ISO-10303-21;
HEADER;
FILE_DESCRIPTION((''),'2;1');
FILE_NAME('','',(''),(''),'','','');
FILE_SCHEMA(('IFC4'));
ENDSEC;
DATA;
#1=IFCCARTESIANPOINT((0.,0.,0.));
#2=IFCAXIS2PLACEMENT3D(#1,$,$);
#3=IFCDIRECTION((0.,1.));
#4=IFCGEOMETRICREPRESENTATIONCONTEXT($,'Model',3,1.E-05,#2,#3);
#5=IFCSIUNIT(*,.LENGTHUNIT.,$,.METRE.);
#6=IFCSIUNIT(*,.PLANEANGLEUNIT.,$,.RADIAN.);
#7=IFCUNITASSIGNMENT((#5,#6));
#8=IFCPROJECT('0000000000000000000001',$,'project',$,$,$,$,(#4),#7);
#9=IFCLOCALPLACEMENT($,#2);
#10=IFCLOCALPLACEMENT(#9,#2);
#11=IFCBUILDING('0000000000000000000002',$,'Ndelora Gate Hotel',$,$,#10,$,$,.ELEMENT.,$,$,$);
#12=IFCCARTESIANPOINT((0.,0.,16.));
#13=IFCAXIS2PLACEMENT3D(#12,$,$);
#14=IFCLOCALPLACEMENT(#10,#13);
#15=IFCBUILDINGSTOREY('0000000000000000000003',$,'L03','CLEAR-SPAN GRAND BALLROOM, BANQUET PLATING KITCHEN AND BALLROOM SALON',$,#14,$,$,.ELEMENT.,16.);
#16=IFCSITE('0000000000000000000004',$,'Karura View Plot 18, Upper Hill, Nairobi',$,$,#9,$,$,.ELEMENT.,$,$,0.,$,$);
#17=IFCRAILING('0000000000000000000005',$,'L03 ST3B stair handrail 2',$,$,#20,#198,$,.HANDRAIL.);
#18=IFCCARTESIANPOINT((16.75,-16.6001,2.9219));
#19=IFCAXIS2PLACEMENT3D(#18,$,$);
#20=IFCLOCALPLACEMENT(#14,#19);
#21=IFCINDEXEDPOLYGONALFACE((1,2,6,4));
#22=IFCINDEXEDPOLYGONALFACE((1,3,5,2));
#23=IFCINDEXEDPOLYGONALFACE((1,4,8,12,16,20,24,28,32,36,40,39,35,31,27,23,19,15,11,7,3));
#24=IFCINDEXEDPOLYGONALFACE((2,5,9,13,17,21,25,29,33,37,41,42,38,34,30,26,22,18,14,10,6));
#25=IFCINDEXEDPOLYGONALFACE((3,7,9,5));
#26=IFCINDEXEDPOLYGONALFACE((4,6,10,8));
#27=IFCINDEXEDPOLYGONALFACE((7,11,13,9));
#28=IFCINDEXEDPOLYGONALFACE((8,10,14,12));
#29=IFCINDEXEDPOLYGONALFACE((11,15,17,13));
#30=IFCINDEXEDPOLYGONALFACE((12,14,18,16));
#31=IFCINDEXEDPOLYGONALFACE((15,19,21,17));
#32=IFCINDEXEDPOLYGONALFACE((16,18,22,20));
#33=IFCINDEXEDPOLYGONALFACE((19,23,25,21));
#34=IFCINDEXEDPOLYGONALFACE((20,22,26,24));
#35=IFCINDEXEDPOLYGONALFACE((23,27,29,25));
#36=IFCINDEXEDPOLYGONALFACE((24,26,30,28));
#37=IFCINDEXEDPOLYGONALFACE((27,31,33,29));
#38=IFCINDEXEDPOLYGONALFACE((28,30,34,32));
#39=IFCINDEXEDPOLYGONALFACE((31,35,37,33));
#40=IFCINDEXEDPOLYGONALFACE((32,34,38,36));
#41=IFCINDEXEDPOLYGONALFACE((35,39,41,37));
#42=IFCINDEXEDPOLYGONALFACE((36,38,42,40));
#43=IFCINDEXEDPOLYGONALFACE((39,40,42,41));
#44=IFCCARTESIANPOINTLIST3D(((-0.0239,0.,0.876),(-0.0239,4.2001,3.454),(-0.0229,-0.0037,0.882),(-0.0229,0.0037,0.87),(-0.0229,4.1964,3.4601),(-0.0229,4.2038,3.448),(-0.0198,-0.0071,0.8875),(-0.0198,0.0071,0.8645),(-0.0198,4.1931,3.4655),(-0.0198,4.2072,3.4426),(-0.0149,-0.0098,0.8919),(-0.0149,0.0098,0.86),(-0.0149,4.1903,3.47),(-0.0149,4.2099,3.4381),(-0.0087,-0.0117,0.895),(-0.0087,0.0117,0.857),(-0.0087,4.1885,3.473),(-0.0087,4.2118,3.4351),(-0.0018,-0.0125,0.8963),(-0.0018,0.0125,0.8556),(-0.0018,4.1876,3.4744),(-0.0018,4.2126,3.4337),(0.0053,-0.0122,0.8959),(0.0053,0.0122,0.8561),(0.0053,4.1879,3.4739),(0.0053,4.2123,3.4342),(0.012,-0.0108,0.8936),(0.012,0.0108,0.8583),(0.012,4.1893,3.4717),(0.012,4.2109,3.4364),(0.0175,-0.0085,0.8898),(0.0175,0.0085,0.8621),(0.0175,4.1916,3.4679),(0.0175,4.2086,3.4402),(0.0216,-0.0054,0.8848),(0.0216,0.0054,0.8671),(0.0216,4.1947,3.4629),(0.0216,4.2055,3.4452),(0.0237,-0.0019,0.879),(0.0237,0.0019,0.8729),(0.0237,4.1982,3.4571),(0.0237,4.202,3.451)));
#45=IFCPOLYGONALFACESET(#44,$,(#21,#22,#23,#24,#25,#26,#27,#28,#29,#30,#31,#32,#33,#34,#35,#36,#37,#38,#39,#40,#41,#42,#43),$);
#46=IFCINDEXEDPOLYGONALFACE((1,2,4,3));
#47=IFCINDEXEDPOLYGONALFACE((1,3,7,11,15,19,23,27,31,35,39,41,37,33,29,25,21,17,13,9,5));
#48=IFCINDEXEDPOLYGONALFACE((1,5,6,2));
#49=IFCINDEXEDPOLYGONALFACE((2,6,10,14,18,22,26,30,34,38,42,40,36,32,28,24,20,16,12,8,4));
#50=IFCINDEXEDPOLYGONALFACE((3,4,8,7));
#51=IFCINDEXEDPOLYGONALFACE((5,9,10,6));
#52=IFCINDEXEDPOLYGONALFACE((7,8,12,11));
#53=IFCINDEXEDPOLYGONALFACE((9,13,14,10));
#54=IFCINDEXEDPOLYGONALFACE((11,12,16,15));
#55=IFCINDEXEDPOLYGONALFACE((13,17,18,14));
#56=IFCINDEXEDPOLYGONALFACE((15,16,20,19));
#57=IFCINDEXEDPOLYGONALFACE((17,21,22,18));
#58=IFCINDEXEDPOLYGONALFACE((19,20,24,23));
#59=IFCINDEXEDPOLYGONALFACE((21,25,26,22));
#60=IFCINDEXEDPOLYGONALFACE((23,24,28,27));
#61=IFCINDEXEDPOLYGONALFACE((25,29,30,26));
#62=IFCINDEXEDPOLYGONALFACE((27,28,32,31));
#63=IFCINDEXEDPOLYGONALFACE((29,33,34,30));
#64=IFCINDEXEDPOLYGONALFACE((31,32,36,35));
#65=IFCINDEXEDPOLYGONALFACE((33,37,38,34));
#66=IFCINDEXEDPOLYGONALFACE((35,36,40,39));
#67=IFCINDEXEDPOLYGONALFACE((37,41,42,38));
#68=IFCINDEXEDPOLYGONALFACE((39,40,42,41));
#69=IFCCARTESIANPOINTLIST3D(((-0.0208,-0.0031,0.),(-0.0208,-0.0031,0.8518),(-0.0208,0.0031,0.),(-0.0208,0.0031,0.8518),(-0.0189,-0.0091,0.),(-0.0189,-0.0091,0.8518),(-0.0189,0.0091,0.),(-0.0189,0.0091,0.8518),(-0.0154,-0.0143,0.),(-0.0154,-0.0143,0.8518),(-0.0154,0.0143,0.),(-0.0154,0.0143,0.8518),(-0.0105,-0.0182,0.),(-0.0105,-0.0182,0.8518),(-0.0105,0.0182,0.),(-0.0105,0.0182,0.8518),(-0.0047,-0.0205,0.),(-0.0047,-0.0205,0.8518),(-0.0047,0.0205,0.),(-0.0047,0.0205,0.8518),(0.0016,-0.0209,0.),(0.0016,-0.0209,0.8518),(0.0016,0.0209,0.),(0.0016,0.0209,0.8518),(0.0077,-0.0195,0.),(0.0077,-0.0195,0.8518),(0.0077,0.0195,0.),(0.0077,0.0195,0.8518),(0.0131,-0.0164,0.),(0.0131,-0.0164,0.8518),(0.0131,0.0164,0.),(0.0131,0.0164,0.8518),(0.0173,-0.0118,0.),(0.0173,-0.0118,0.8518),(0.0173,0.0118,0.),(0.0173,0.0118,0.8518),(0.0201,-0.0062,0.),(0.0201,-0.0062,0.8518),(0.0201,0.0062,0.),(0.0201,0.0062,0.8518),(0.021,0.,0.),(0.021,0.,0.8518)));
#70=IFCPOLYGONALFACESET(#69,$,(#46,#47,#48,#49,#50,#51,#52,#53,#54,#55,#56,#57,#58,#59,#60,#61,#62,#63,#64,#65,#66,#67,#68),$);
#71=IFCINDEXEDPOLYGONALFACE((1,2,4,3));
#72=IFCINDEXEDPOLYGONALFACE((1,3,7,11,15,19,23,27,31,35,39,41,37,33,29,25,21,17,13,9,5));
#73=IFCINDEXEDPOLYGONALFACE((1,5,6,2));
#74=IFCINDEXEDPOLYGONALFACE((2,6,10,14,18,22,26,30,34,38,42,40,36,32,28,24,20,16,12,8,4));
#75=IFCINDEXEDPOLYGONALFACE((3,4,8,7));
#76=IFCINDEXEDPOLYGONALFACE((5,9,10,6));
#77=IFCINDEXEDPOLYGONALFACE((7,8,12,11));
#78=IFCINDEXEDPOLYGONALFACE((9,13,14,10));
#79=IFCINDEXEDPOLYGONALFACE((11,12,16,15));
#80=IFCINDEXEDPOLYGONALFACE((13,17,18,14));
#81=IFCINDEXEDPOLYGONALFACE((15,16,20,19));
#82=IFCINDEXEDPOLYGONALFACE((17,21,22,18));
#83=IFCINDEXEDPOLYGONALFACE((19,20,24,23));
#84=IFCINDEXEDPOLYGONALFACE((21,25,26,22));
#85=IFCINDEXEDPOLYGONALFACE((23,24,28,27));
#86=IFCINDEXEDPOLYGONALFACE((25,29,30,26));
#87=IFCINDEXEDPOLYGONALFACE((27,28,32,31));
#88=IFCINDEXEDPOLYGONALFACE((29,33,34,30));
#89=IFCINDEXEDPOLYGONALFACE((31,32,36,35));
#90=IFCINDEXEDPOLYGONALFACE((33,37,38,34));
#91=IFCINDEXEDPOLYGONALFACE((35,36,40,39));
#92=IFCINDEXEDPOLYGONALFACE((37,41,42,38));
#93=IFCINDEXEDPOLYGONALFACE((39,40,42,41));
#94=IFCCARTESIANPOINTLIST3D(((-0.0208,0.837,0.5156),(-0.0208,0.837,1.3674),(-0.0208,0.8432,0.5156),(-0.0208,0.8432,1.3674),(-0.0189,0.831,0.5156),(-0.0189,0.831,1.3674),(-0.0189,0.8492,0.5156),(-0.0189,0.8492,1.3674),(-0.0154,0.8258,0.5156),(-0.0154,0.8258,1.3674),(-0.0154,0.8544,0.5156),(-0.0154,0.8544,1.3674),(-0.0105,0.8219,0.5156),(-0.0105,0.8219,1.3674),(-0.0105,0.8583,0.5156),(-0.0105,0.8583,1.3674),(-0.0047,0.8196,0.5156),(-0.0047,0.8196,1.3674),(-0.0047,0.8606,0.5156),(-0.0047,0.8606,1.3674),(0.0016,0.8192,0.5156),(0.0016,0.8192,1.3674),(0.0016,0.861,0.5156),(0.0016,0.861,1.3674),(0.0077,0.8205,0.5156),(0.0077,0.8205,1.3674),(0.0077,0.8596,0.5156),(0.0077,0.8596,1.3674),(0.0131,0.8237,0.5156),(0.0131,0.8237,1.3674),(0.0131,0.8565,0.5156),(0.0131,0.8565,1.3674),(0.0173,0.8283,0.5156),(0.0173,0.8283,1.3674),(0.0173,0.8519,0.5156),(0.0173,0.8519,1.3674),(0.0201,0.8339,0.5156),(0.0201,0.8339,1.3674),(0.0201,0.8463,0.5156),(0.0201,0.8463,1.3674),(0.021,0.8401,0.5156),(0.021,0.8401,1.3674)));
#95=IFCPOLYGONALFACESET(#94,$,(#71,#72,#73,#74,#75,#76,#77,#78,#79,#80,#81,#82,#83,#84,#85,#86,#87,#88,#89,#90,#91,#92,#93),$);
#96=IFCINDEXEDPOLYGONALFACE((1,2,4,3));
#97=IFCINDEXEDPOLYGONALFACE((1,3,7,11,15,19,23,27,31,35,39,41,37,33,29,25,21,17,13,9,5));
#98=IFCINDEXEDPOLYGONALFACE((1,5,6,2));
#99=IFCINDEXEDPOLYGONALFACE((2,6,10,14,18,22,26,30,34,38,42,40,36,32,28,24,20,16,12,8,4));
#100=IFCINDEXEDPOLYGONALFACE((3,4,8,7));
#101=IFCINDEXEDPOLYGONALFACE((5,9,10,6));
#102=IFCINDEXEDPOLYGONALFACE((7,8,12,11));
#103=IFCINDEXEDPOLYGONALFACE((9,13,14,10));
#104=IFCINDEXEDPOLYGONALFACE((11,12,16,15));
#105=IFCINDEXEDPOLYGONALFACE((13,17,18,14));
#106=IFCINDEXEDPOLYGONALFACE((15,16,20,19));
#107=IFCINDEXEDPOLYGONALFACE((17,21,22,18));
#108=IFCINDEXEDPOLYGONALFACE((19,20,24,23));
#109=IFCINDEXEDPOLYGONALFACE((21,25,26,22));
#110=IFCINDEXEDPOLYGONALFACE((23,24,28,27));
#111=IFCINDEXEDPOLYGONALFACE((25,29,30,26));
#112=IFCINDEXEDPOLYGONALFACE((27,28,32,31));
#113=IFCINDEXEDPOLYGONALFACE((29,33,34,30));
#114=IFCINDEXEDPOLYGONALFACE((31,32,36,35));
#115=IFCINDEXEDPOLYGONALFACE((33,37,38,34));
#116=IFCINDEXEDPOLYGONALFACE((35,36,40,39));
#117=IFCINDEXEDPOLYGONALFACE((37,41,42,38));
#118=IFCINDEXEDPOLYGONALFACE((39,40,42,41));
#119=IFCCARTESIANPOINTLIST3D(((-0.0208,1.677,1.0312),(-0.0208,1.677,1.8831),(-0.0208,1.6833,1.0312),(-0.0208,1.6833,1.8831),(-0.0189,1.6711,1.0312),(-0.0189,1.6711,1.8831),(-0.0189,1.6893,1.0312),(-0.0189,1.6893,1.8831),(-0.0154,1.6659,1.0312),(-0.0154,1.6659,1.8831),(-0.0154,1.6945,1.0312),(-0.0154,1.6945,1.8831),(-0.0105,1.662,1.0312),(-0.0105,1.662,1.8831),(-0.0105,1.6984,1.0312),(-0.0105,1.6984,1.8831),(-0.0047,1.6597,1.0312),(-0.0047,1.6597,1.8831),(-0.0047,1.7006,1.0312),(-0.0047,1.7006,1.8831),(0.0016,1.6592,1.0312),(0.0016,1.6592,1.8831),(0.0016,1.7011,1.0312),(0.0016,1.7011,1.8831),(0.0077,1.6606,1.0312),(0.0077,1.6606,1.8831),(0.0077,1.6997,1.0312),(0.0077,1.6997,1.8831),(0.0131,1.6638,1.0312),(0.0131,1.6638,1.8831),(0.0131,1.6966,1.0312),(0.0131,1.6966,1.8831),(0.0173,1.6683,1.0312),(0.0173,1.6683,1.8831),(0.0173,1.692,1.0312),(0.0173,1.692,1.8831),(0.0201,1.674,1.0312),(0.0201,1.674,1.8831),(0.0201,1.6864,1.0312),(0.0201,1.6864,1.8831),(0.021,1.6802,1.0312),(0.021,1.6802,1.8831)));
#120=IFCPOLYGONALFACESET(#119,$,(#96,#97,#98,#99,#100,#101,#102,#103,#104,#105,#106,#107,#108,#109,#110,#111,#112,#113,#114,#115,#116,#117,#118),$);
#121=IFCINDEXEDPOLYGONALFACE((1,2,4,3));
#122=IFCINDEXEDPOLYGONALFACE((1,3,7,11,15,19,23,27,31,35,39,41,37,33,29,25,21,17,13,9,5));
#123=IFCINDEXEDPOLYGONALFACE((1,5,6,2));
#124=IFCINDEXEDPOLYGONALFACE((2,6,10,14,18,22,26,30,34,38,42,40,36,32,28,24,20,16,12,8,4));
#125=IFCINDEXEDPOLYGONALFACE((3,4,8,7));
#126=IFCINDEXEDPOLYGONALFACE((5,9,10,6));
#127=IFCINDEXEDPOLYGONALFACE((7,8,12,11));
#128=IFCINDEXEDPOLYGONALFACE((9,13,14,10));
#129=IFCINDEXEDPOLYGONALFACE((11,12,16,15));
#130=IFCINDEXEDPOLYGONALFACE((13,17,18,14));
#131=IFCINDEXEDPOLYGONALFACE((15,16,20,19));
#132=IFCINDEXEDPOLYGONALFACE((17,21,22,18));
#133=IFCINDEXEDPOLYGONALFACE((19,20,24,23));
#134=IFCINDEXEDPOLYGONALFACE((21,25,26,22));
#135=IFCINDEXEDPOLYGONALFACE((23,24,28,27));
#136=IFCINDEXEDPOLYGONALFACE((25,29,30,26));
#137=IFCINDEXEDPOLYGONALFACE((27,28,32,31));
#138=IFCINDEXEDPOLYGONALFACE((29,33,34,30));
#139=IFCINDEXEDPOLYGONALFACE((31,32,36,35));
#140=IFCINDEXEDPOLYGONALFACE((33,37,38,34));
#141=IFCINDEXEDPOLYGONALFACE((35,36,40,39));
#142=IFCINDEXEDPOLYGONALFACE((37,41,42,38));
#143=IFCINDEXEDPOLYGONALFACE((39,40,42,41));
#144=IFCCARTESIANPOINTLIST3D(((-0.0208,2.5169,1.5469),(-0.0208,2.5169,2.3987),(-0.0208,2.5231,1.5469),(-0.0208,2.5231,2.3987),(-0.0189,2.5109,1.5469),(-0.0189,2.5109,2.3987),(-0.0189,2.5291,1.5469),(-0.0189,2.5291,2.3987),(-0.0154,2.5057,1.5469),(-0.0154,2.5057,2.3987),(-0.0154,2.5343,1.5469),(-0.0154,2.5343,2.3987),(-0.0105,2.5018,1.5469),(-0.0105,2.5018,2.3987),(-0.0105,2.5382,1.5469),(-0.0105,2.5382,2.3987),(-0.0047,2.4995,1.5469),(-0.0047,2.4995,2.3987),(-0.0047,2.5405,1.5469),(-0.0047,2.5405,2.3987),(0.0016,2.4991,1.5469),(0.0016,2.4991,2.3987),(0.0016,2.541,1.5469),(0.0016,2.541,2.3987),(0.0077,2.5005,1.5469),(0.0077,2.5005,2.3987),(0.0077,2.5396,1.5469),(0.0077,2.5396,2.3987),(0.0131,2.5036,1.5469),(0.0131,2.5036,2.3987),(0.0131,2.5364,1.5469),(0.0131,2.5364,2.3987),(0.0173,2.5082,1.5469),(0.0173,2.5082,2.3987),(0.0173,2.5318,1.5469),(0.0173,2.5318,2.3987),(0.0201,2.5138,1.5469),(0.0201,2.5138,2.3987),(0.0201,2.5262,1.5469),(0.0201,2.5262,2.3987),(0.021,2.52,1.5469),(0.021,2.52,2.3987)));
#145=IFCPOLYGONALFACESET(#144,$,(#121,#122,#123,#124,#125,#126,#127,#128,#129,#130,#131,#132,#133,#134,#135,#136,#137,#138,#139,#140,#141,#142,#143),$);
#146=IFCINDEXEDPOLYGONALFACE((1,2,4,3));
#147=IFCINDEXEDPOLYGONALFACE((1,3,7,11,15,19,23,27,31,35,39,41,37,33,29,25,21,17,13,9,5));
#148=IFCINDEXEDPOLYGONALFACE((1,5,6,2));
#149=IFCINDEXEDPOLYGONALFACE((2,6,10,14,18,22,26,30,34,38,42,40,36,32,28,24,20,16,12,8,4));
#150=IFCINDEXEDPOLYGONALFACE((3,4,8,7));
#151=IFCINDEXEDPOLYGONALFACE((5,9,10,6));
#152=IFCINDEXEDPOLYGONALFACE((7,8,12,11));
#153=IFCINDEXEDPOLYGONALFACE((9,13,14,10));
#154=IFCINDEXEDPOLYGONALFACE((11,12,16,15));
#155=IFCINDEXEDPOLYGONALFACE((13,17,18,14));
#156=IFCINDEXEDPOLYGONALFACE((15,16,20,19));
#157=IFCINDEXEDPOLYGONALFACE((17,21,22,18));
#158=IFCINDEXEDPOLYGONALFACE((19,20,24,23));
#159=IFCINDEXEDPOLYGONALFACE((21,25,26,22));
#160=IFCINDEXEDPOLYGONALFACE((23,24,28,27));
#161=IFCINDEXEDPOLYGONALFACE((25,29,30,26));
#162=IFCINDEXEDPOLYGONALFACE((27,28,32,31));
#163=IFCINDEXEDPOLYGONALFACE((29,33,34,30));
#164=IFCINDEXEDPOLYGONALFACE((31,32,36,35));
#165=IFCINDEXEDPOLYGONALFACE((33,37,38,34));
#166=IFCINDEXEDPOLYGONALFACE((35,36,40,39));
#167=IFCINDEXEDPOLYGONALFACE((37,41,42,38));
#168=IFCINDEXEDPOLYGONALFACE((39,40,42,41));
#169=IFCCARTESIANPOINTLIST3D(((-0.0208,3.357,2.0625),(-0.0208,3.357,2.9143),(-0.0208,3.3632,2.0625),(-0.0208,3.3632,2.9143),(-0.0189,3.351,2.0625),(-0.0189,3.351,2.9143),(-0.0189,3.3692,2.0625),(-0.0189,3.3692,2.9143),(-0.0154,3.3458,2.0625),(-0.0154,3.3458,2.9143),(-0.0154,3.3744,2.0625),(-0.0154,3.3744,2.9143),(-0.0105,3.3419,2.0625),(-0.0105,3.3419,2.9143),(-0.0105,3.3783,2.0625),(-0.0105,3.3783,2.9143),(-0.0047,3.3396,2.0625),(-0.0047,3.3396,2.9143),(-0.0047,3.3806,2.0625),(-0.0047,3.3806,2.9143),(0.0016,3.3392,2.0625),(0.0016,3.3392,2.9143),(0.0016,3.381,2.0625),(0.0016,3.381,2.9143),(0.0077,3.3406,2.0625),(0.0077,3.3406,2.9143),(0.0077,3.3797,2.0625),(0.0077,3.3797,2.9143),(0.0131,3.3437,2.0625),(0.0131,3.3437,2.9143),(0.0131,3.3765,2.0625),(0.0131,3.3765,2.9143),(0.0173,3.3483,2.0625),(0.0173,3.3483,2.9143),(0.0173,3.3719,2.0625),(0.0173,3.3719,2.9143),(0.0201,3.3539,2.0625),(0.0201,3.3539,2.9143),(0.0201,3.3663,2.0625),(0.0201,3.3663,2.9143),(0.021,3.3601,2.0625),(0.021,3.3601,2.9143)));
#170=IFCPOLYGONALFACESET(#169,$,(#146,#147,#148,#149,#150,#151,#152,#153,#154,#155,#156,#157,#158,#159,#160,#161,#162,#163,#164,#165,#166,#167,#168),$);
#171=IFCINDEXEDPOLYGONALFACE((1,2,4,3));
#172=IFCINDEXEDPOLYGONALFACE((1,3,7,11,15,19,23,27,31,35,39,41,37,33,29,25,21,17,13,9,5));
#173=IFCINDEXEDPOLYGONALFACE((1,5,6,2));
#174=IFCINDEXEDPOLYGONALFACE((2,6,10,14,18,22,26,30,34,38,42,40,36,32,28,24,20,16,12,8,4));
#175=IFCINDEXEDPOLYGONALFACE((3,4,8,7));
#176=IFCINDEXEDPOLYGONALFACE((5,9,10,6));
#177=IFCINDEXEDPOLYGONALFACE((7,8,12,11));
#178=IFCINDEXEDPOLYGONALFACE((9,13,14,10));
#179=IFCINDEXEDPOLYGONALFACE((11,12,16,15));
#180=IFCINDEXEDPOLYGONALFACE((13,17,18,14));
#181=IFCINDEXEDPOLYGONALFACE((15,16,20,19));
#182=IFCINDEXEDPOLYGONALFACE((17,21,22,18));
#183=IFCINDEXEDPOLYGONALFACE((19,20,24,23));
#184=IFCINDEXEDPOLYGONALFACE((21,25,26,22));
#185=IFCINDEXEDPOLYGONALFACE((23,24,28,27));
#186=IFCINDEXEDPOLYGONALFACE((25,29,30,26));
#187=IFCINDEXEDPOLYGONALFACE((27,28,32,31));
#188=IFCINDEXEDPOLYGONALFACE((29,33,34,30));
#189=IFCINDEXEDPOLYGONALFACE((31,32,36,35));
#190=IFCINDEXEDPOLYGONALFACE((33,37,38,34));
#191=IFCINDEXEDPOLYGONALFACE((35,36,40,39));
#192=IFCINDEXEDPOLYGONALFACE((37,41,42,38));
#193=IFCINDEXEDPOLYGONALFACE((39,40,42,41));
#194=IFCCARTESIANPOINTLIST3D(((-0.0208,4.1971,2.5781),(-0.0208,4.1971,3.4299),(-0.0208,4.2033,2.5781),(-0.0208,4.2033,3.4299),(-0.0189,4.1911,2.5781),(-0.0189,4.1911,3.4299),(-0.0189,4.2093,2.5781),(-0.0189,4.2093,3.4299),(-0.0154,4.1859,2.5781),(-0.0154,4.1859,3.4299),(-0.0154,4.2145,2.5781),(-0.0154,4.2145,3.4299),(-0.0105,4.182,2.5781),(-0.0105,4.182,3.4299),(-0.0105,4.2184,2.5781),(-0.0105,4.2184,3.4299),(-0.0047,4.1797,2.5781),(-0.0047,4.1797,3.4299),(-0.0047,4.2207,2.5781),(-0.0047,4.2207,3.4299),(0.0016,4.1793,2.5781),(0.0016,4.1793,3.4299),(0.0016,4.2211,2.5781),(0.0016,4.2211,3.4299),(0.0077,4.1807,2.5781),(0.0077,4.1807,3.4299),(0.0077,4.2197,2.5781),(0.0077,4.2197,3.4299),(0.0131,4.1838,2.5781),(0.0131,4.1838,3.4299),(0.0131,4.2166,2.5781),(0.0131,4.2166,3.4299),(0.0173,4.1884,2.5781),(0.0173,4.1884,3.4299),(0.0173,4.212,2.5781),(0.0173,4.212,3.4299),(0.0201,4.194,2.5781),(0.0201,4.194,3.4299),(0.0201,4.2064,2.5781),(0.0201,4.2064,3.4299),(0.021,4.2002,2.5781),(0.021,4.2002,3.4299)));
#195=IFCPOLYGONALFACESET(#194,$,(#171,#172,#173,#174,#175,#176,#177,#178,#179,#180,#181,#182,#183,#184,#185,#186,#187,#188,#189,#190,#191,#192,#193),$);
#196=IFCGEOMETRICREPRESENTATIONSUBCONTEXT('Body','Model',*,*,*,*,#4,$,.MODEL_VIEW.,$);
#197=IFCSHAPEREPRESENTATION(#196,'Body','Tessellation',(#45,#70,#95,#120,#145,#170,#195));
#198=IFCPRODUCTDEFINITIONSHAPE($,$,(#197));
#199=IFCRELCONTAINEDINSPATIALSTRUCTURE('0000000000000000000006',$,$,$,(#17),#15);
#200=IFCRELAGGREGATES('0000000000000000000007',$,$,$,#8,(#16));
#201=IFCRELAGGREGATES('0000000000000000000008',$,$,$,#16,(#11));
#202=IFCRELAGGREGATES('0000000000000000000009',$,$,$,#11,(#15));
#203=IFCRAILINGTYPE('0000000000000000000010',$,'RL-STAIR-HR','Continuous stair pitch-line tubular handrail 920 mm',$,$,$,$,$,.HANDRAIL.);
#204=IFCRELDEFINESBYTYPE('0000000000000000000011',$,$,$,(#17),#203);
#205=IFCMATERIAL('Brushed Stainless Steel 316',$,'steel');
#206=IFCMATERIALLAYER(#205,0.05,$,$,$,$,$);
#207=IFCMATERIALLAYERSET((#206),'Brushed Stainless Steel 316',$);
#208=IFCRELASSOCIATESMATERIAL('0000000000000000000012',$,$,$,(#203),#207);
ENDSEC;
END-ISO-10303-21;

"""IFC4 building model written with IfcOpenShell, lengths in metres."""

from ifc_helpers import new_model, si_unit, direction, frame, origin, origin_2d, place, context, subcontext, project, spatial, circle, extrude, material, layer, layer_set, type_object, element, save


model = new_model("IFC4")

# Units and contexts
model_context = context("Model", 3, precision=1e-05, world=origin(), true_north=direction((0.0, 1.0)))
body_context = subcontext(model_context, "Body", "Model", "MODEL_VIEW")
ifc_project = project(units=[si_unit("LENGTHUNIT", "METRE"), si_unit("PLANEANGLEUNIT", "RADIAN")], contexts=[model_context])

# Site, building, storey
site_placement = place(None, origin())
site = spatial("IfcSite", under=ifc_project, at=site_placement, Name="Karura View Plot 18, Upper Hill, Nairobi", CompositionType="ELEMENT", RefElevation=0.0)
building_placement = place(site_placement, origin())
building = spatial("IfcBuilding", under=site, at=building_placement, Name="Ndelora Gate Hotel", CompositionType="ELEMENT")
storey_placement = place(building_placement, frame((0.0, 0.0, 16.0)))
storey = spatial("IfcBuildingStorey", under=building, at=storey_placement, Name="L03", Description="CLEAR-SPAN GRAND BALLROOM, BANQUET PLATING KITCHEN AND BALLROOM SALON", CompositionType="ELEMENT", Elevation=16.0)

# Railing
ifc_material_1 = material(Name="Brushed Stainless Steel 316", Category="steel")
ifc_layer_1 = layer(ifc_material_1, 0.05)
ifc_layer_set_1 = layer_set([ifc_layer_1], Name="Brushed Stainless Steel 316")
railing_type_1 = type_object("IfcRailingType", Name="RL-STAIR-HR", Description="Continuous stair pitch-line tubular handrail 920 mm", PredefinedType="HANDRAIL", material=ifc_layer_set_1)
railing_1_placement = place(storey_placement, frame((16.75, -16.6001, 2.9219)))
element("IfcRailing", 1, at=railing_1_placement, inside=storey, type_object=railing_type_1, Name="L03 ST3B stair handrail 2", PredefinedType="HANDRAIL", context=body_context, shape_type="SweptSolid", body=[
    extrude(circle(Radius=0.0239, at=origin_2d()), frame((0.0, 0.0, 0.876), z_axis=(0.0, 0.852256, 0.523124), x_axis=(-1.0, 0.0, 0.0)), (0.0, 0.0, 1.0), 4.9282),
    extrude(circle(Radius=0.021, at=origin_2d()), origin(), (0.0, 0.0, 1.0), 0.8518),
    extrude(circle(Radius=0.021, at=origin_2d()), frame((0.0, 0.8401, 0.5156)), (0.0, 0.0, 1.0), 0.8518),
    extrude(circle(Radius=0.021, at=origin_2d()), frame((0.0, 1.6802, 1.0312)), (0.0, 0.0, 1.0), 0.8518),
    extrude(circle(Radius=0.021, at=origin_2d()), frame((0.0, 2.52, 1.5469)), (0.0, 0.0, 1.0), 0.8518),
    extrude(circle(Radius=0.021, at=origin_2d()), frame((0.0, 3.3601, 2.0625)), (0.0, 0.0, 1.0), 0.8518),
    extrude(circle(Radius=0.021, at=origin_2d()), frame((0.0, 4.2002, 2.5781)), (0.0, 0.0, 1.0), 0.8518),
])

save(model, "model.ifc")
